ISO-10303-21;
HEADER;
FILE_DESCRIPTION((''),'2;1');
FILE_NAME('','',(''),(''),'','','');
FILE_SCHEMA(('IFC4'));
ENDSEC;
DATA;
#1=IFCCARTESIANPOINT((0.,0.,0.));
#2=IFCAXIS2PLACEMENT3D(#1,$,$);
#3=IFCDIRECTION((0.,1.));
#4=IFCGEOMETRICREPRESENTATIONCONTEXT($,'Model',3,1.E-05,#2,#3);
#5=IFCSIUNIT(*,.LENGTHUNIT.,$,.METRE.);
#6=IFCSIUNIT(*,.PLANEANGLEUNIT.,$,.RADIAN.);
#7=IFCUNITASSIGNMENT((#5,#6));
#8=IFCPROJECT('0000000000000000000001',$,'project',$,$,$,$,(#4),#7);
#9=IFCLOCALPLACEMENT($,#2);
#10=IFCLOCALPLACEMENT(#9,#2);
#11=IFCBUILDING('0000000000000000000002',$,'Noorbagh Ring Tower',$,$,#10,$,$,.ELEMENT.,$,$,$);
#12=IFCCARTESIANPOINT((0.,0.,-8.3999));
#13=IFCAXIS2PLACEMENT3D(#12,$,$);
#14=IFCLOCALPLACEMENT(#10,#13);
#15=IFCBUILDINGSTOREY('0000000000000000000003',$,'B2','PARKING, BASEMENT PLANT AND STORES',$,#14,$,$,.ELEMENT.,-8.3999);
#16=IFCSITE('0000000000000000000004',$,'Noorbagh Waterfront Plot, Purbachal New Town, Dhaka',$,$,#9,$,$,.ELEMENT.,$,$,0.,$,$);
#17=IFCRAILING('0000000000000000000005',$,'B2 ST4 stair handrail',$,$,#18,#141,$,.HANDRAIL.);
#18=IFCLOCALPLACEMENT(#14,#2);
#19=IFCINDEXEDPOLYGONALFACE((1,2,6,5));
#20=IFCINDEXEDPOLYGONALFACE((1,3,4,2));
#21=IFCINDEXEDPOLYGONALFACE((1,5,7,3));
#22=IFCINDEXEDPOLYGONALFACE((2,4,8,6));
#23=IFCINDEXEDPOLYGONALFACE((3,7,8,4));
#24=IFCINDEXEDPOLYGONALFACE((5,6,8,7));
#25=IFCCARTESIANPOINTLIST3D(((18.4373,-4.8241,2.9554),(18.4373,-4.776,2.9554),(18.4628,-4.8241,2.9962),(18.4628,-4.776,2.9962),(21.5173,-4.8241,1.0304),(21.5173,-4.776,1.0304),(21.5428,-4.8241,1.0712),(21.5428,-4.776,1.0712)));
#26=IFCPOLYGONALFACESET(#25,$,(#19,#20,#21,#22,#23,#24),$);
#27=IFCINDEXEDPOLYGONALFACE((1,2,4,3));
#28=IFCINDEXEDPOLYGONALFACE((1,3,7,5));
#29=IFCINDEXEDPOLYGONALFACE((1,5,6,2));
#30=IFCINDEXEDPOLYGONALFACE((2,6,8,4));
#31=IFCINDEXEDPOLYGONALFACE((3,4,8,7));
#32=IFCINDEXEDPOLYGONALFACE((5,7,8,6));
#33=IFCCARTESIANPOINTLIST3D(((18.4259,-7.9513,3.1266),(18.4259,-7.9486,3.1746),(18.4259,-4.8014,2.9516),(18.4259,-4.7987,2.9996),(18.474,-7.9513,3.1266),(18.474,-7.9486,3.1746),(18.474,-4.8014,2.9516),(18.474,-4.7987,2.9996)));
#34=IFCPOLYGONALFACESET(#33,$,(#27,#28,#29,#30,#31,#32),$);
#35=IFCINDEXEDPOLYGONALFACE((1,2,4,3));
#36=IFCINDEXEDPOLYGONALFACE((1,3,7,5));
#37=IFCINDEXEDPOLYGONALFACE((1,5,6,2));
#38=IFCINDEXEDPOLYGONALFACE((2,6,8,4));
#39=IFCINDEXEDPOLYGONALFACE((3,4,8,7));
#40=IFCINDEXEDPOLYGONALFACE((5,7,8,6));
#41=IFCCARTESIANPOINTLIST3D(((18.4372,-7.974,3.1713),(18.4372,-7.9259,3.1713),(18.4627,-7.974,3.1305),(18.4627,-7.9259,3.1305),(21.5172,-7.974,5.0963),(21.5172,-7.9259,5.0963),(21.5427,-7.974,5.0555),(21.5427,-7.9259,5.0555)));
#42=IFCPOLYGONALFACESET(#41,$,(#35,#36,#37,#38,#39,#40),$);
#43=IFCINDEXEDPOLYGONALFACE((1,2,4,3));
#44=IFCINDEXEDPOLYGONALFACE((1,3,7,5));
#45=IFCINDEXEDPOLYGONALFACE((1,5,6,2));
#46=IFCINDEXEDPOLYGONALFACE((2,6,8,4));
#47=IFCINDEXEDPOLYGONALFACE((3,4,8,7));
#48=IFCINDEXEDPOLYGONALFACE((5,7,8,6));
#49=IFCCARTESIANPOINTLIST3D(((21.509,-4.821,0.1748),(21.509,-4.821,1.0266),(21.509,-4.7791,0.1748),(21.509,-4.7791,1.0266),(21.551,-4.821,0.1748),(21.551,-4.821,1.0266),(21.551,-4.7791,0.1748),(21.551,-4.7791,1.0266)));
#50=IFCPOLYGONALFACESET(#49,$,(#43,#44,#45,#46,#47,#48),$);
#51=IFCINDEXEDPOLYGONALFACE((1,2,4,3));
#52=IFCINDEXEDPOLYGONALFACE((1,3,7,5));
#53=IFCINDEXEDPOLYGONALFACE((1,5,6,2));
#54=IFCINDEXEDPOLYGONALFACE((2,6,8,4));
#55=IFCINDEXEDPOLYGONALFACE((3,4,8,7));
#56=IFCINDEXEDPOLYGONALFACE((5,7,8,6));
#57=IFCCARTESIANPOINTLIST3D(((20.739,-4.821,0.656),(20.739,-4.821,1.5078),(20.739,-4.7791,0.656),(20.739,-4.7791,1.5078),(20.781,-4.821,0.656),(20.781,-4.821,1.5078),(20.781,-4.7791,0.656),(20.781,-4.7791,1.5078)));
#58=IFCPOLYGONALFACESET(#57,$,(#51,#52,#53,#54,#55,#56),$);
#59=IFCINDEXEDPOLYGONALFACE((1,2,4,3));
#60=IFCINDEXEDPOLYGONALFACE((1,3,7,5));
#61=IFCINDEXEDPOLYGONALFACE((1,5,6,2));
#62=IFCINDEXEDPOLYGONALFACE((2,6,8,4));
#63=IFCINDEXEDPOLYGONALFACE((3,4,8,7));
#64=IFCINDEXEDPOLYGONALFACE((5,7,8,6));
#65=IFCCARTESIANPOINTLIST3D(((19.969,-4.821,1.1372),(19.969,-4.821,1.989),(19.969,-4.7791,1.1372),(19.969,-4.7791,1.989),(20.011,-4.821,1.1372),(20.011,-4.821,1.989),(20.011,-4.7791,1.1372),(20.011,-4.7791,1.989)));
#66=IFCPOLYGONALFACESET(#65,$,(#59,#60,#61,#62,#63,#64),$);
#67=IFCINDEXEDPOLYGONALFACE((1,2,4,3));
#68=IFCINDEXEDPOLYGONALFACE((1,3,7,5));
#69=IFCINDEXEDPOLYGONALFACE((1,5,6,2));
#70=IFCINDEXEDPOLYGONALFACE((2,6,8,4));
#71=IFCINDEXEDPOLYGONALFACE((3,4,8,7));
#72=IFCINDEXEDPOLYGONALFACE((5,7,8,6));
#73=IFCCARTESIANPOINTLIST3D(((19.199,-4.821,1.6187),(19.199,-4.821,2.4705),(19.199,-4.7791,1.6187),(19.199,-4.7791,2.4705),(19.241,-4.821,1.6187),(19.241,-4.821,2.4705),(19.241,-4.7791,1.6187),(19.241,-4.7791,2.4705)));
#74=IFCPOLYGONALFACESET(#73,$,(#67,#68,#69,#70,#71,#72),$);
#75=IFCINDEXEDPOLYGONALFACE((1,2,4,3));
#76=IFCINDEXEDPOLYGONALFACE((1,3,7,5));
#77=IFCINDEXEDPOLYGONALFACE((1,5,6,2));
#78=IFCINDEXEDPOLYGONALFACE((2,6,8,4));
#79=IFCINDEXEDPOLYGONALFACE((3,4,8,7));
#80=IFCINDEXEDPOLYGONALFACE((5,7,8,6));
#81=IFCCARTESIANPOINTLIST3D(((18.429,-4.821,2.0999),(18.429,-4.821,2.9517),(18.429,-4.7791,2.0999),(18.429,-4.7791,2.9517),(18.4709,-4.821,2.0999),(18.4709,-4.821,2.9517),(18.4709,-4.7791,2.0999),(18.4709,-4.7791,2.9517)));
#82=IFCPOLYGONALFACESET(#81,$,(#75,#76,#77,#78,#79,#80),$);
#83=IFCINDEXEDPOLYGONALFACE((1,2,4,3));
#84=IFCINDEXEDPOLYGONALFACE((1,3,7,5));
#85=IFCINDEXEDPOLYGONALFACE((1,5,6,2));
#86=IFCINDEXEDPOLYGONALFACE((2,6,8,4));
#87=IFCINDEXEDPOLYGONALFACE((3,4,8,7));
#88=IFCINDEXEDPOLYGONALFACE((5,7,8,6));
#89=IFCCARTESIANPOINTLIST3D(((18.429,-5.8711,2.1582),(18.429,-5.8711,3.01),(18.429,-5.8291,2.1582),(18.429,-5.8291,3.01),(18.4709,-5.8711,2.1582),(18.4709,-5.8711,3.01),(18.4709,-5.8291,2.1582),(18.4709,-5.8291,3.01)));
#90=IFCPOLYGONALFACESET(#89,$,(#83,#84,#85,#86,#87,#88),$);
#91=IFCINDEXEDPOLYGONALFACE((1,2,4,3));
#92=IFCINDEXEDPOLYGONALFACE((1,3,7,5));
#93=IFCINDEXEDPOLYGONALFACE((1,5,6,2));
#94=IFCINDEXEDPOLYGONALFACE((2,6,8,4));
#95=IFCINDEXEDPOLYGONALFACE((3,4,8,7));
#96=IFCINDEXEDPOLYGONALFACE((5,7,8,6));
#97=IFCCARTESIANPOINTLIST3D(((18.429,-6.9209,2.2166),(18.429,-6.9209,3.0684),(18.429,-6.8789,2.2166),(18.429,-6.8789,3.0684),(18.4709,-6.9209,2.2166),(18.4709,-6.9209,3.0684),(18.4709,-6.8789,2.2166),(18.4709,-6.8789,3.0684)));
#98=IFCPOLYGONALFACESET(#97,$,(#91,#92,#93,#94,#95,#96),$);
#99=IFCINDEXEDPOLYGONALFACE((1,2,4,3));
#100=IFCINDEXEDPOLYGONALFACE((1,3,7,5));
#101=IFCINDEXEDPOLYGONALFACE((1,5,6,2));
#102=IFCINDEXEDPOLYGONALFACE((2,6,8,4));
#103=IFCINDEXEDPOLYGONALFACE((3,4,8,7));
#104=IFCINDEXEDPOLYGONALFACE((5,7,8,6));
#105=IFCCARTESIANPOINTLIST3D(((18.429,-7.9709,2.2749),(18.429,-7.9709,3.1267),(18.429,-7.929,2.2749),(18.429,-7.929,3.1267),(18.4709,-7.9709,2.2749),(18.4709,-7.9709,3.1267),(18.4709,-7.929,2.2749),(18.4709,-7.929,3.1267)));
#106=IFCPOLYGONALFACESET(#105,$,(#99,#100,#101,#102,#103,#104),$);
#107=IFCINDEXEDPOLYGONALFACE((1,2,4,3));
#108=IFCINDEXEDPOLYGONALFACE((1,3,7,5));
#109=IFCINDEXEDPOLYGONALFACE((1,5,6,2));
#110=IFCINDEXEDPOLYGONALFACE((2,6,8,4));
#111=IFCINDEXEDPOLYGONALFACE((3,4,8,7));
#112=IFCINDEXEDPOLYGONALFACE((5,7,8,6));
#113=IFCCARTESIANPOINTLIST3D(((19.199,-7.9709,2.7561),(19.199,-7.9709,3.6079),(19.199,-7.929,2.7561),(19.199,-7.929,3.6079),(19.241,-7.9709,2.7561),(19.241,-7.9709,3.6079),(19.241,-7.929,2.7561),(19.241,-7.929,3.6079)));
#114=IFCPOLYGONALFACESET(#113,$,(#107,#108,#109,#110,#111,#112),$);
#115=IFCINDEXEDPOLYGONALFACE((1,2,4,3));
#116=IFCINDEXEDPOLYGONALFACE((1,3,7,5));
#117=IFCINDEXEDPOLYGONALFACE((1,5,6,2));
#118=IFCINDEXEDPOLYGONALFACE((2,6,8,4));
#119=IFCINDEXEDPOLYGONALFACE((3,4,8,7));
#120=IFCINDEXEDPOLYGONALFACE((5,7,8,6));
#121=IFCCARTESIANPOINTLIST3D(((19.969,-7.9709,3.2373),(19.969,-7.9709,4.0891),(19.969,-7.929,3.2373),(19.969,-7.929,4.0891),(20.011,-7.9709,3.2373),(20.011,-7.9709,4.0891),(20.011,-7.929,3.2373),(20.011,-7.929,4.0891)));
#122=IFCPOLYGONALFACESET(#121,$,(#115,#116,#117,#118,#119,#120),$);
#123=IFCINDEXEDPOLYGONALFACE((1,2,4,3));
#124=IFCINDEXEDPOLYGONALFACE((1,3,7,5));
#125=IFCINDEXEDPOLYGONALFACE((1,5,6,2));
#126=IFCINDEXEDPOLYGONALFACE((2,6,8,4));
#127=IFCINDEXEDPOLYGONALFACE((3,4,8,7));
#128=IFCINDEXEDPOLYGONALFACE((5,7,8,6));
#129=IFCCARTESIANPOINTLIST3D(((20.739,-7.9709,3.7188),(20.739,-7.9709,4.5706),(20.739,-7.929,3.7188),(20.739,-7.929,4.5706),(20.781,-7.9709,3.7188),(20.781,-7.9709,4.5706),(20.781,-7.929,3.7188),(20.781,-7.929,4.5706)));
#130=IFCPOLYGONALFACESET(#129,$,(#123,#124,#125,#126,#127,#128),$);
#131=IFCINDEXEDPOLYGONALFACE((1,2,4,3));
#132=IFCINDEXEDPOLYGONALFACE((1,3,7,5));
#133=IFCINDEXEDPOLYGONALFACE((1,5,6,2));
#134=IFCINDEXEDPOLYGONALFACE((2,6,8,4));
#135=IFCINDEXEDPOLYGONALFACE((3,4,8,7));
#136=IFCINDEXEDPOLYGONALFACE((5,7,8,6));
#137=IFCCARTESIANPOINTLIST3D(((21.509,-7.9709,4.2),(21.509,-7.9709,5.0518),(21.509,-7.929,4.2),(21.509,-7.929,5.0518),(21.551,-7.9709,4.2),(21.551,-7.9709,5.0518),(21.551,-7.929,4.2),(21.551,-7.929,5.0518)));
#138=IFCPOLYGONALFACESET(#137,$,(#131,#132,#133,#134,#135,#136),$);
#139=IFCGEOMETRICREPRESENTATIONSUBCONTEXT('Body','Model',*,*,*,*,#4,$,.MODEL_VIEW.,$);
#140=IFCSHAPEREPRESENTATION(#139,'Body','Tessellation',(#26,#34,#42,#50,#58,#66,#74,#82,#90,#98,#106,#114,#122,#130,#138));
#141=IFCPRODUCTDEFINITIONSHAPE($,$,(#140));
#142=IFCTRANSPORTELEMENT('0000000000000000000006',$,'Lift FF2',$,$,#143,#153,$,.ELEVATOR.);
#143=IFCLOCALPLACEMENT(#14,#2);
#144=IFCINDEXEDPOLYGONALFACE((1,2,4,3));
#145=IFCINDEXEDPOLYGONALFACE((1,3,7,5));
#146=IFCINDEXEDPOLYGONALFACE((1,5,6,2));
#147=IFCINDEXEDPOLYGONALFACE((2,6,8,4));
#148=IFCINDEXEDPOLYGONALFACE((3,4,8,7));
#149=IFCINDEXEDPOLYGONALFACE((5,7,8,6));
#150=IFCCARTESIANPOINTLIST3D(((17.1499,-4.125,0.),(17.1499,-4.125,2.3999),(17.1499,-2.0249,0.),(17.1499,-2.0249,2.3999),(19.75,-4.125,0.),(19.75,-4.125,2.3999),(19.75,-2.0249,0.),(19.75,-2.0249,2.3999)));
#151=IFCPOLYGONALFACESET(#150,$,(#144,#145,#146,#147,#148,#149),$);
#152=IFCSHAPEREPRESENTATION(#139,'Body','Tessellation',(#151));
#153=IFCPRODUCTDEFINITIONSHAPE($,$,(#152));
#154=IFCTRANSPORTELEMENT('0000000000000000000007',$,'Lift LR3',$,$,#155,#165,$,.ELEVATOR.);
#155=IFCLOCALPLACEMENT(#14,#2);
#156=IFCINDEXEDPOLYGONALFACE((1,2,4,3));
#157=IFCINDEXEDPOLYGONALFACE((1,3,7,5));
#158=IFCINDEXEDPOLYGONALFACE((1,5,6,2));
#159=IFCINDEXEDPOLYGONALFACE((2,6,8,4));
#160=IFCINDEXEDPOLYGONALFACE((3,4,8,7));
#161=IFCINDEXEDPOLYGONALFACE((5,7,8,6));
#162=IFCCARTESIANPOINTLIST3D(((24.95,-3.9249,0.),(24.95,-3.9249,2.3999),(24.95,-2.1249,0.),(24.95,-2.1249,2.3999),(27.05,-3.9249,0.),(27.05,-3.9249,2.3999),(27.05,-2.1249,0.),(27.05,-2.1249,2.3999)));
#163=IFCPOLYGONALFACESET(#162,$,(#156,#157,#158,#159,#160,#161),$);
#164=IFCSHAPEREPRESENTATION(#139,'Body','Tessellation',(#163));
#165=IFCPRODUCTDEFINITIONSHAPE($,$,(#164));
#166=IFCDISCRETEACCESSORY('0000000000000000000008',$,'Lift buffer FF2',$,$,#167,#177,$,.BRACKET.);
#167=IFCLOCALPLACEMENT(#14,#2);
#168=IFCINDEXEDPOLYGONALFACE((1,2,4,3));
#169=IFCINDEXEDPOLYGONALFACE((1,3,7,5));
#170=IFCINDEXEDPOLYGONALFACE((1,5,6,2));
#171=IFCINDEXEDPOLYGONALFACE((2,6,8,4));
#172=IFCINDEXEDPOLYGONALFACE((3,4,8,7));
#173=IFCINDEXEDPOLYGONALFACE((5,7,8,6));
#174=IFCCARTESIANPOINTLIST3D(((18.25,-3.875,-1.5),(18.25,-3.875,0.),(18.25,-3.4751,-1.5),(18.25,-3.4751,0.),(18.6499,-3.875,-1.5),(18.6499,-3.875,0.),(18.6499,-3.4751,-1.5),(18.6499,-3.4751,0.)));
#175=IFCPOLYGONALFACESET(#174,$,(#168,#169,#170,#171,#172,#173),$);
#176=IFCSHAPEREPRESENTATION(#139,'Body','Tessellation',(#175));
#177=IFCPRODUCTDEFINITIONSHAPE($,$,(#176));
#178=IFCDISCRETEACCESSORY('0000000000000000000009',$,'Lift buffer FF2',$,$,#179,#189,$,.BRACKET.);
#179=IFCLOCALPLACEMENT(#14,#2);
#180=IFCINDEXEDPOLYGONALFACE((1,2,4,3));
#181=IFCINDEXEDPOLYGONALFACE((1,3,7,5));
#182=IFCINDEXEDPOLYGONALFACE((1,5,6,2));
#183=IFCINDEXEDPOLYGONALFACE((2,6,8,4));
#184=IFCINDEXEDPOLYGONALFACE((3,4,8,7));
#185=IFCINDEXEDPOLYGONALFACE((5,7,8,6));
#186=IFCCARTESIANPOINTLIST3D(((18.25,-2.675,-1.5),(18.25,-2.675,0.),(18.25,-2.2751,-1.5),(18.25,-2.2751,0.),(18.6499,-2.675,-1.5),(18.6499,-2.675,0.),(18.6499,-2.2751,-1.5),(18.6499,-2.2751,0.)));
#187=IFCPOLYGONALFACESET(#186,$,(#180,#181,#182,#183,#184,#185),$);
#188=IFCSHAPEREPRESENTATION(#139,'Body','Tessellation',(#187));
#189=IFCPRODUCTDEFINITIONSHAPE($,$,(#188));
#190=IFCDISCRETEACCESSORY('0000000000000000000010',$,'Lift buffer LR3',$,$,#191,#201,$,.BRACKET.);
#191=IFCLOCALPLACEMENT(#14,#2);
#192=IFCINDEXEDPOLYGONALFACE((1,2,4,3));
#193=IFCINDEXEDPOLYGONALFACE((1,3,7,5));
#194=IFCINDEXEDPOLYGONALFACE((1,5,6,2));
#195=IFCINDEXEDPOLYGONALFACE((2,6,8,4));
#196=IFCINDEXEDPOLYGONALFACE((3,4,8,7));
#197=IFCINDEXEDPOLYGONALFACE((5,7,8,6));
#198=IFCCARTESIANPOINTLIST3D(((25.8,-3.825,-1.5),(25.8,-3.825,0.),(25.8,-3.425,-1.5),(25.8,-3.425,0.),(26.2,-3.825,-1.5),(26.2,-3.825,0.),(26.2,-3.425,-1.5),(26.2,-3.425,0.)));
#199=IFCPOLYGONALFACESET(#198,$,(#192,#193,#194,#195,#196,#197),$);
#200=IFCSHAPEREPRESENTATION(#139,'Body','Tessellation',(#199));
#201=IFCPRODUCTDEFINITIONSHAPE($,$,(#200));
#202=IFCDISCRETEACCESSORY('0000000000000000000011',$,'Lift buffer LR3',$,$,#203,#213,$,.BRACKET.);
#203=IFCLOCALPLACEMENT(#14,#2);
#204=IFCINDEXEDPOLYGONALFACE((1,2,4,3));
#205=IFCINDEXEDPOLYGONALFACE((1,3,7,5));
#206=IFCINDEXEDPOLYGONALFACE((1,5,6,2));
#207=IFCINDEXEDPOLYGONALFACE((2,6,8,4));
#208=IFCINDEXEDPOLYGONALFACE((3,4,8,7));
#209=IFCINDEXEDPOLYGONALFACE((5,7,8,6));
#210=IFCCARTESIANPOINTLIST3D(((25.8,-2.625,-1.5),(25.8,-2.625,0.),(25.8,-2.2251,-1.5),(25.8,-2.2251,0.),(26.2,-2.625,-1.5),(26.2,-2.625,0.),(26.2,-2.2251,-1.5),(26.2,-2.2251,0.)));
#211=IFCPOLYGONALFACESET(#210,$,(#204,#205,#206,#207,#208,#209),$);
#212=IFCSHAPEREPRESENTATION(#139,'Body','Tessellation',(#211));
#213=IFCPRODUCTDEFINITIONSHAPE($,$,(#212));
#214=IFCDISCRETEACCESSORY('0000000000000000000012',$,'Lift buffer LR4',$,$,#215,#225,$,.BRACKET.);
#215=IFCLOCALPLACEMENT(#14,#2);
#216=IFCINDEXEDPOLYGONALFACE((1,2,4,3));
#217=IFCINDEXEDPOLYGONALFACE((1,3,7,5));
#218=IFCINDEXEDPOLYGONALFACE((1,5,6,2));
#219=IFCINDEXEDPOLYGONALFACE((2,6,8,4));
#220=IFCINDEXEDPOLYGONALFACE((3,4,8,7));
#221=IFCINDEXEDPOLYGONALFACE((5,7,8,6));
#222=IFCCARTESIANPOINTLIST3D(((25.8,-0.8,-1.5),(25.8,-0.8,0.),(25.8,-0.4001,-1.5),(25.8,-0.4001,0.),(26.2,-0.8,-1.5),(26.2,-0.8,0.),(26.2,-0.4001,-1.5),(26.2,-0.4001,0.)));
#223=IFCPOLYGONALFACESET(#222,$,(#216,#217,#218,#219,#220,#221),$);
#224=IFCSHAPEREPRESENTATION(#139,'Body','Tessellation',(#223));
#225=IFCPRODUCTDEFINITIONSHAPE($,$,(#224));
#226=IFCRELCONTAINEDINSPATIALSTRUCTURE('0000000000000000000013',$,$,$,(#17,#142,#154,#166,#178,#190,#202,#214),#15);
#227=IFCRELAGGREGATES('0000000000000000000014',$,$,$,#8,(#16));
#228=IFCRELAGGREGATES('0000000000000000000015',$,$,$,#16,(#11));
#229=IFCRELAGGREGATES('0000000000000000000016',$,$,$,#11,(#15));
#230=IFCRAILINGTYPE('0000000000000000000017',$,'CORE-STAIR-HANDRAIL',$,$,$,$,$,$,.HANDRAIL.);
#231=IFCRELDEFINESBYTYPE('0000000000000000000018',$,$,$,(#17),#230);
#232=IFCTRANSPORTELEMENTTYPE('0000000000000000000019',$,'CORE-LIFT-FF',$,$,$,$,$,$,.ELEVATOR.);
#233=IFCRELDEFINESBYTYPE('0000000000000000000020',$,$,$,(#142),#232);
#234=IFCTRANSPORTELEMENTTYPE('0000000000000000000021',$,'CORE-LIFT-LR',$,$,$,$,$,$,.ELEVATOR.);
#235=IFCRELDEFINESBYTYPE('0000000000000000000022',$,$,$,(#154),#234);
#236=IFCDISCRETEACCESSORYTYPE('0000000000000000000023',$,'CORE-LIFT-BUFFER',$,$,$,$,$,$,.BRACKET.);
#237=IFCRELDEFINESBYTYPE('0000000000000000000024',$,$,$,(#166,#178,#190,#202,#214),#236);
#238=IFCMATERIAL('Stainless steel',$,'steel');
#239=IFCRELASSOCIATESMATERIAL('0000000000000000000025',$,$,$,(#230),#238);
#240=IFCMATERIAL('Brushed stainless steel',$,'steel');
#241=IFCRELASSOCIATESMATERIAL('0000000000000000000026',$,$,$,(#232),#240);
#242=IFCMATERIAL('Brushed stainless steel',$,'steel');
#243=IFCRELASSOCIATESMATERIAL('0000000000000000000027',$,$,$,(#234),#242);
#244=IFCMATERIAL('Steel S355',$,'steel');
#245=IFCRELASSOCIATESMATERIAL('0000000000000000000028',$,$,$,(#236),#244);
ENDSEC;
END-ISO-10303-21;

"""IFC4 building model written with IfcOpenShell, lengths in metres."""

from ifc_helpers import new_model, si_unit, direction, frame, origin, origin_2d, place, context, subcontext, project, spatial, rectangle, extrude, material, type_object, element, save


model = new_model("IFC4")

# Units and contexts
model_context = context("Model", 3, precision=1e-05, world=origin(), true_north=direction((0.0, 1.0)))
body_context = subcontext(model_context, "Body", "Model", "MODEL_VIEW")
ifc_project = project(units=[si_unit("LENGTHUNIT", "METRE"), si_unit("PLANEANGLEUNIT", "RADIAN")], contexts=[model_context])

# Site, building, storey
site_placement = place(None, origin())
site = spatial("IfcSite", under=ifc_project, at=site_placement, Name="Noorbagh Waterfront Plot, Purbachal New Town, Dhaka", CompositionType="ELEMENT", RefElevation=0.0)
building_placement = place(site_placement, origin())
building = spatial("IfcBuilding", under=site, at=building_placement, Name="Noorbagh Ring Tower", CompositionType="ELEMENT")
storey_placement = place(building_placement, frame((0.0, 0.0, -8.3999)))
storey = spatial("IfcBuildingStorey", under=building, at=storey_placement, Name="B2", Description="PARKING, BASEMENT PLANT AND STORES", CompositionType="ELEMENT", Elevation=-8.3999)

# Railing
ifc_material_1 = material(Name="Stainless steel", Category="steel")
railing_type_1 = type_object("IfcRailingType", Name="CORE-STAIR-HANDRAIL", PredefinedType="HANDRAIL", material=ifc_material_1)
railing_1_placement = place(storey_placement, frame((21.53, -4.8, 0.1748)))
element("IfcRailing", 1, at=railing_1_placement, inside=storey, type_object=railing_type_1, Name="B2 ST4 stair handrail", PredefinedType="HANDRAIL", context=body_context, shape_type="SweptSolid", body=[
    extrude(rectangle(XDim=0.0481, YDim=0.0481, at=origin_2d()), frame((0.0, 0.0, 0.876), z_axis=(-0.847998, 0.0, 0.529999), x_axis=(0.0, -1.0, 0.0)), (0.0, 0.0, 1.0), 3.6321),
    extrude(rectangle(XDim=0.0481, YDim=0.0481, at=origin_2d()), frame((-3.0801, 0.0, 2.8008), z_axis=(0.0, -0.998459, 0.055487), x_axis=(1.0, 0.0, 0.0)), (0.0, 0.0, 1.0), 3.1548),
    extrude(rectangle(XDim=0.0481, YDim=0.0481, at=origin_2d()), frame((-3.0801, -3.1499, 2.9761), z_axis=(0.847998, 0.0, 0.529999), x_axis=(0.0, 1.0, 0.0)), (0.0, 0.0, 1.0), 3.6321),
    extrude(rectangle(XDim=0.042, YDim=0.042, at=origin_2d()), origin(), (0.0, 0.0, 1.0), 0.8518),
    extrude(rectangle(XDim=0.042, YDim=0.042, at=origin_2d()), frame((-0.77, 0.0, 0.4812)), (0.0, 0.0, 1.0), 0.8518),
    extrude(rectangle(XDim=0.042, YDim=0.042, at=origin_2d()), frame((-1.54, 0.0, 0.9624)), (0.0, 0.0, 1.0), 0.8518),
    extrude(rectangle(XDim=0.042, YDim=0.042, at=origin_2d()), frame((-2.3101, 0.0, 1.4438)), (0.0, 0.0, 1.0), 0.8518),
    extrude(rectangle(XDim=0.042, YDim=0.042, at=origin_2d()), frame((-3.0801, 0.0, 1.925)), (0.0, 0.0, 1.0), 0.8518),
    extrude(rectangle(XDim=0.042, YDim=0.042, at=origin_2d()), frame((-3.0801, -1.05, 1.9834)), (0.0, 0.0, 1.0), 0.8518),
    extrude(rectangle(XDim=0.042, YDim=0.042, at=origin_2d()), frame((-3.0801, -2.0999, 2.0417)), (0.0, 0.0, 1.0), 0.8518),
    extrude(rectangle(XDim=0.042, YDim=0.042, at=origin_2d()), frame((-3.0801, -3.1499, 2.1001)), (0.0, 0.0, 1.0), 0.8518),
    extrude(rectangle(XDim=0.042, YDim=0.042, at=origin_2d()), frame((-2.3101, -3.1499, 2.5813)), (0.0, 0.0, 1.0), 0.8518),
    extrude(rectangle(XDim=0.042, YDim=0.042, at=origin_2d()), frame((-1.54, -3.1499, 3.0625)), (0.0, 0.0, 1.0), 0.8518),
    extrude(rectangle(XDim=0.042, YDim=0.042, at=origin_2d()), frame((-0.77, -3.1499, 3.5439)), (0.0, 0.0, 1.0), 0.8518),
    extrude(rectangle(XDim=0.042, YDim=0.042, at=origin_2d()), frame((0.0, -3.1499, 4.0251)), (0.0, 0.0, 1.0), 0.8518),
])

# Transport elements
ifc_material_2 = material(Name="Brushed stainless steel", Category="steel")
transport_element_type_1 = type_object("IfcTransportElementType", Name="CORE-LIFT-FF", PredefinedType="ELEVATOR", material=ifc_material_2)
transport_element_1_placement = place(storey_placement, frame((18.45, -3.075, 0.0), z_axis=(0.0, 0.0, 1.0), x_axis=(1.0, 0.0, 0.0)))
element("IfcTransportElement", 2, at=transport_element_1_placement, inside=storey, type_object=transport_element_type_1, Name="Lift FF2", PredefinedType="ELEVATOR", context=body_context, shape_type="SweptSolid", body=[
    extrude(rectangle(XDim=2.6001, YDim=2.1001, at=origin_2d()), origin(), (0.0, 0.0, 1.0), 2.3999),
])
ifc_material_3 = material(Name="Brushed stainless steel", Category="steel")
transport_element_type_2 = type_object("IfcTransportElementType", Name="CORE-LIFT-LR", PredefinedType="ELEVATOR", material=ifc_material_3)
transport_element_2_placement = place(storey_placement, frame((26.0, -3.0249, 0.0), z_axis=(0.0, 0.0, 1.0), x_axis=(1.0, 0.0, 0.0)))
element("IfcTransportElement", 3, at=transport_element_2_placement, inside=storey, type_object=transport_element_type_2, Name="Lift LR3", PredefinedType="ELEVATOR", context=body_context, shape_type="SweptSolid", body=[
    extrude(rectangle(XDim=2.1001, YDim=1.8, at=origin_2d()), origin(), (0.0, 0.0, 1.0), 2.3999),
])

# Discrete accessories
ifc_material_4 = material(Name="Steel S355", Category="steel")
discrete_accessory_type = type_object("IfcDiscreteAccessoryType", Name="CORE-LIFT-BUFFER", PredefinedType="BRACKET", material=ifc_material_4)
for number, where, z_axis, x_axis, name in (
    (4, (18.45, -3.675, -1.5), (0.0, 0.0, 1.0), (1.0, 0.0, 0.0), "Lift buffer FF2"),
    (5, (18.45, -2.4751, -1.5), (0.0, 0.0, 1.0), (1.0, 0.0, 0.0), "Lift buffer FF2"),
    (6, (26.0, -3.625, -1.5), (0.0, 0.0, 1.0), (1.0, 0.0, 0.0), "Lift buffer LR3"),
    (7, (26.0, -2.425, -1.5), (0.0, 0.0, 1.0), (1.0, 0.0, 0.0), "Lift buffer LR3"),
    (8, (26.0, -0.6001, -1.5), (0.0, 0.0, 1.0), (1.0, 0.0, 0.0), "Lift buffer LR4"),
):
    element("IfcDiscreteAccessory", number, at=place(storey_placement, frame(where, z_axis=z_axis, x_axis=x_axis)), inside=storey, type_object=discrete_accessory_type, Name=name, PredefinedType="BRACKET", context=body_context, shape_type="SweptSolid", body=[
        extrude(rectangle(XDim=0.3999, YDim=0.3999, at=origin_2d()), origin(), (0.0, 0.0, 1.0), 1.5),
    ])

save(model, "model.ifc")
